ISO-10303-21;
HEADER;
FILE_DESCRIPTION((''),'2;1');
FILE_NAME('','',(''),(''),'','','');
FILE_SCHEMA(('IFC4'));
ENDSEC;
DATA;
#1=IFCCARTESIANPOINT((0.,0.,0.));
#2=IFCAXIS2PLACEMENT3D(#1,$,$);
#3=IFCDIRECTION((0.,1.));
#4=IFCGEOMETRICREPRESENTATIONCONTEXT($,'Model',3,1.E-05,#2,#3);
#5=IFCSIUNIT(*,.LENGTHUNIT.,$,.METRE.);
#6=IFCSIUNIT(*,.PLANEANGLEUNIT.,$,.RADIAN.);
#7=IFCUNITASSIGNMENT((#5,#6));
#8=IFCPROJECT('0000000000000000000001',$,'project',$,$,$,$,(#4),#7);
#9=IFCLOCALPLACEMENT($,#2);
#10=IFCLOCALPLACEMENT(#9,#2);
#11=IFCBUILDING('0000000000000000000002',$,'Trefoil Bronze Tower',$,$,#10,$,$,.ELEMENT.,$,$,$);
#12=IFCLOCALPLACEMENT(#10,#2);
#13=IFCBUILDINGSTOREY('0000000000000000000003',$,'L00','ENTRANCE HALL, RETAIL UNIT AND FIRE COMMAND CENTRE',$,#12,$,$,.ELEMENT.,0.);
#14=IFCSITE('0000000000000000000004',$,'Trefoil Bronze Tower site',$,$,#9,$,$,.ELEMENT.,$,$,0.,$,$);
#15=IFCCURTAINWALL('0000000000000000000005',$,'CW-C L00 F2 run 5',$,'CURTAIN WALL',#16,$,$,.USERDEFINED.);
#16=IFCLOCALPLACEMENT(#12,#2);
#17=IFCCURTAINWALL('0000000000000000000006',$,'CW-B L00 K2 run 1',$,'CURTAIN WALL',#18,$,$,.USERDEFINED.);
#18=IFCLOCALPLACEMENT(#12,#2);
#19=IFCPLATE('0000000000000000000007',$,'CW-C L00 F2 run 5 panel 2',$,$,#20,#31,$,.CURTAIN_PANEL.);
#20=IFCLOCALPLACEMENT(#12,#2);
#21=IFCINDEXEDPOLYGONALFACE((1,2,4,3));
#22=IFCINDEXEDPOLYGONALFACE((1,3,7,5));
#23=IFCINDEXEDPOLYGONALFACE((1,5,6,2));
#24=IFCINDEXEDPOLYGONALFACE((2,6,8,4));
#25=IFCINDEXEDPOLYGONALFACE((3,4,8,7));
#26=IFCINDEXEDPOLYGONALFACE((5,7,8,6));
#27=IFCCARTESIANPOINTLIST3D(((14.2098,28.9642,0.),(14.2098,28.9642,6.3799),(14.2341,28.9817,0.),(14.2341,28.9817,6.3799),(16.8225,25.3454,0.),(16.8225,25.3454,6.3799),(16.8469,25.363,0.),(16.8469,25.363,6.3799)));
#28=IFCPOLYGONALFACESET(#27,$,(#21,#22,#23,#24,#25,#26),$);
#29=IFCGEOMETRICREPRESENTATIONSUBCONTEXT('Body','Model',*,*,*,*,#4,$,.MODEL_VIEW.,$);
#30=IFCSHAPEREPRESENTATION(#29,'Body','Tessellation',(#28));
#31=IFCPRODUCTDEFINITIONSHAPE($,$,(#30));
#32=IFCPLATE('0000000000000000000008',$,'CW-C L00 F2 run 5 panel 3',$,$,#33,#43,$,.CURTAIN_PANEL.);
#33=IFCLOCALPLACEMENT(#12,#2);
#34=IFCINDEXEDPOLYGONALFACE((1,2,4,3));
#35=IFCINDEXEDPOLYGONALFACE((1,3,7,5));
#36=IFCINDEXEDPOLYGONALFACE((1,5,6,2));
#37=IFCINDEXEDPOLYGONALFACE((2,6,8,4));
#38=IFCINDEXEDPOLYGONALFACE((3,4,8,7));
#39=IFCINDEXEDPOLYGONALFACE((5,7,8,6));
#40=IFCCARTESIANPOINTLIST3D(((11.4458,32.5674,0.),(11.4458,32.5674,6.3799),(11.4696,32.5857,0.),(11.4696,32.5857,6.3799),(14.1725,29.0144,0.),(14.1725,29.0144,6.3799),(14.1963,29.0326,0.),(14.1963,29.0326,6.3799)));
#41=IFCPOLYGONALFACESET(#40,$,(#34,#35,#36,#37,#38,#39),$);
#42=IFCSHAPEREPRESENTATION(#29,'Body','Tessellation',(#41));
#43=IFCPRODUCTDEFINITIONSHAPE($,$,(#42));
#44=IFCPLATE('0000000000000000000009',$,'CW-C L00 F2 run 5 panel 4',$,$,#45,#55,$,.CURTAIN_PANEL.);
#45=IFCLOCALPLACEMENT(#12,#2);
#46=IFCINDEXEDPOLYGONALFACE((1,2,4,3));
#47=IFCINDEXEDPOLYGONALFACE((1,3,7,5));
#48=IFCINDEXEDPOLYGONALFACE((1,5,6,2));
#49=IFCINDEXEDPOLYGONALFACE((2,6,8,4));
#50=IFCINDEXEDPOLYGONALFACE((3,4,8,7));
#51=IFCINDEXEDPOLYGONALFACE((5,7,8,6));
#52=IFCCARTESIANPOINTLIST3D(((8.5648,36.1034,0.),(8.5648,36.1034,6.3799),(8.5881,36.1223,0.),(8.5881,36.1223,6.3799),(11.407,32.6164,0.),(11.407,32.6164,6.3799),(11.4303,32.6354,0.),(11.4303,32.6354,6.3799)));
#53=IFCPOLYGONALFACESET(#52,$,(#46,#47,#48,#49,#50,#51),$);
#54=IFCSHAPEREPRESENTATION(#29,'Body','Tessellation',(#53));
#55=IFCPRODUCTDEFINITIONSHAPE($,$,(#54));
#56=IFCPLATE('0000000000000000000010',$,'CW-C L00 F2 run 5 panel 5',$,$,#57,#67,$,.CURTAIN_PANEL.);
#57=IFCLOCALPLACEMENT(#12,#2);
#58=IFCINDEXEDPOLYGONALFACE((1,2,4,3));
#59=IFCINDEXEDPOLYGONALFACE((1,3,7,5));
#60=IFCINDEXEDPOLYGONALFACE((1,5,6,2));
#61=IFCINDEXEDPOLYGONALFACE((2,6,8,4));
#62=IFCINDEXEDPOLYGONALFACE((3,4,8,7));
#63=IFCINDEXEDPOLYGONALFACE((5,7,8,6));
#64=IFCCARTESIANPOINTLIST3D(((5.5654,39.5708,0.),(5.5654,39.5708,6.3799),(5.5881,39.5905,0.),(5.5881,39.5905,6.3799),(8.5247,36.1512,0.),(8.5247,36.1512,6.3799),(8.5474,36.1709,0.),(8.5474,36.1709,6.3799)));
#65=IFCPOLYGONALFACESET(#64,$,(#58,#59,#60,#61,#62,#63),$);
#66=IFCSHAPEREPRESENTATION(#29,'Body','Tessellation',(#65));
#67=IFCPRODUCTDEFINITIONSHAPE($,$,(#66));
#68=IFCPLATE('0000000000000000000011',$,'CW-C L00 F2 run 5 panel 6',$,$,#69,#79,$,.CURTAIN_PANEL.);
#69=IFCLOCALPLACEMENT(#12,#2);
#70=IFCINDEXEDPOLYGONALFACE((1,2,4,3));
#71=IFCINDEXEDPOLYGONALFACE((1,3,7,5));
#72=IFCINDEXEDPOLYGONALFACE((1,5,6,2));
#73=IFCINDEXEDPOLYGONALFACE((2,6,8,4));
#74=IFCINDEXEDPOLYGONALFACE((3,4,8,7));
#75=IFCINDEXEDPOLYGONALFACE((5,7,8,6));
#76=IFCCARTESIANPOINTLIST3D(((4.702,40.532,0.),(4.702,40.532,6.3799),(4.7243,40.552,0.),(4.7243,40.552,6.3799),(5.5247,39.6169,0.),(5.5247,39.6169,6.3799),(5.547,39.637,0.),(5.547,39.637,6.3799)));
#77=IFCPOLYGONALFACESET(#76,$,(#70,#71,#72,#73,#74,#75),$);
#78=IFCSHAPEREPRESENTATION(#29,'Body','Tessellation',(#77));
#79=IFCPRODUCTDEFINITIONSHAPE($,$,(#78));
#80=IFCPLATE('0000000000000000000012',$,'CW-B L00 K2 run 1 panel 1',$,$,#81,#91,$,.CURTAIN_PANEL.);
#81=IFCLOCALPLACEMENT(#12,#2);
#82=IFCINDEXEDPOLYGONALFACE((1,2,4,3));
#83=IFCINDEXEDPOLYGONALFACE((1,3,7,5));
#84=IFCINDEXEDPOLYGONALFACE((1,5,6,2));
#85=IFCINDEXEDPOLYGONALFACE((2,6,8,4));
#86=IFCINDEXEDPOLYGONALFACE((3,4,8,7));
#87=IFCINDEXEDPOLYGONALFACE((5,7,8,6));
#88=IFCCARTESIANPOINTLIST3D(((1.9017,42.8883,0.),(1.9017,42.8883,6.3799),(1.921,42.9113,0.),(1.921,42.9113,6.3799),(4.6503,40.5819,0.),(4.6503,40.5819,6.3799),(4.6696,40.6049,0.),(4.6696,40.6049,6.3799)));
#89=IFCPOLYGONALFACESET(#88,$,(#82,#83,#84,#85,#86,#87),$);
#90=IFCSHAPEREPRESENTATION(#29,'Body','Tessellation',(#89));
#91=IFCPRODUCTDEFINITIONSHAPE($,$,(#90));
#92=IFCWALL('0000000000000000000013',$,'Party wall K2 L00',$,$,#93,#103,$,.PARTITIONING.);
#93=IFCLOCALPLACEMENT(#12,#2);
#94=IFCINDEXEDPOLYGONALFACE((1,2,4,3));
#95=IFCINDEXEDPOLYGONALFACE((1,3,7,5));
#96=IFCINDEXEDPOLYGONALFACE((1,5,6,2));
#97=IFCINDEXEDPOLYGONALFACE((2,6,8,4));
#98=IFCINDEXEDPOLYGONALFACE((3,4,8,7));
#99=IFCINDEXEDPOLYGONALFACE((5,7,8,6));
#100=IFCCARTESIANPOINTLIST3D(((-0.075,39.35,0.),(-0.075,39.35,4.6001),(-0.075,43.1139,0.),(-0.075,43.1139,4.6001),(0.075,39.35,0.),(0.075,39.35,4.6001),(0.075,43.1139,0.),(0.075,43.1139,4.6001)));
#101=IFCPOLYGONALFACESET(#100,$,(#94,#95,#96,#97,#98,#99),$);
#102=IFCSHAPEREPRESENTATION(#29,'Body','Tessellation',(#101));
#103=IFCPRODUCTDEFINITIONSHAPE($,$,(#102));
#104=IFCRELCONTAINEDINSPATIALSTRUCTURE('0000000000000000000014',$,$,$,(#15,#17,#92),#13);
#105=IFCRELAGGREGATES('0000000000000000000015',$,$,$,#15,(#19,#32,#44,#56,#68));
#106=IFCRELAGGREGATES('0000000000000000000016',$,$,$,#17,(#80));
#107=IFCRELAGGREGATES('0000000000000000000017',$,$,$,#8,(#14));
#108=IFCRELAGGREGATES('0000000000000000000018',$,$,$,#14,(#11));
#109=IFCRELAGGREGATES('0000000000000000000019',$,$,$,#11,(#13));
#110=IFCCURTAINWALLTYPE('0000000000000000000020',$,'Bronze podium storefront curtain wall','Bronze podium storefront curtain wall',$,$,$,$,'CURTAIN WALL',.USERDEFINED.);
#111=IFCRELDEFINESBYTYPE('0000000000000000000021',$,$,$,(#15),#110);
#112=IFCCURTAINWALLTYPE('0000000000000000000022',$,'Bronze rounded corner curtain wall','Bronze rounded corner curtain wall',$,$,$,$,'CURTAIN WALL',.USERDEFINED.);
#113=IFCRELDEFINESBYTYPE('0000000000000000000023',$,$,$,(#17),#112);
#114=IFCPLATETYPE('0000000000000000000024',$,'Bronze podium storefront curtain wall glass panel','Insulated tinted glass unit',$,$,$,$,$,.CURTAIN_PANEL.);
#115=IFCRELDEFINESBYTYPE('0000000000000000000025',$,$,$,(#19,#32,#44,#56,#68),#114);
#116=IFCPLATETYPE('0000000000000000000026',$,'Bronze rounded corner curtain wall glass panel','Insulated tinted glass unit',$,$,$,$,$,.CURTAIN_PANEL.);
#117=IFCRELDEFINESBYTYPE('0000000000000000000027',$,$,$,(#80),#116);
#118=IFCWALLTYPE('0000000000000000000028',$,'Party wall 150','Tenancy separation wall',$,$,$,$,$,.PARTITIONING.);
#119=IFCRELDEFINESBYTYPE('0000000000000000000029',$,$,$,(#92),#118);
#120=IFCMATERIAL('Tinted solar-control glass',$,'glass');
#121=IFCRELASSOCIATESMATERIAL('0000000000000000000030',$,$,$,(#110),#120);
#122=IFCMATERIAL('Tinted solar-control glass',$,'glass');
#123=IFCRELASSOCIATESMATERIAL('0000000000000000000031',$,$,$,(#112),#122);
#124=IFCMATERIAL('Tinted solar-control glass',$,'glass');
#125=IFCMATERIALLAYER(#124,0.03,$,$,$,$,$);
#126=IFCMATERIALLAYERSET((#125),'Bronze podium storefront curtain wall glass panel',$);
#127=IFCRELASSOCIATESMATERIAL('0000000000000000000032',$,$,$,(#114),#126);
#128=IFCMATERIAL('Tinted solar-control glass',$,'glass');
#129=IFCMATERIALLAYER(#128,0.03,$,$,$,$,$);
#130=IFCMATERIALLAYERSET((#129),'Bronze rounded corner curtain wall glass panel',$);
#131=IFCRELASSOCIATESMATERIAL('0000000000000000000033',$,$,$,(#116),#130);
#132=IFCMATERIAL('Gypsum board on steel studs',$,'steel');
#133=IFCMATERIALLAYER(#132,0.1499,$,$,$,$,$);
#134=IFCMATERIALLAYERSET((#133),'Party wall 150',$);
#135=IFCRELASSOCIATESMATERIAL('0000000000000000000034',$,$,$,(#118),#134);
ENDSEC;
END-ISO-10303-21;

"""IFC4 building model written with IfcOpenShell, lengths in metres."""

from ifc_helpers import new_model, si_unit, direction, frame, frame_2d, origin, origin_2d, place, context, subcontext, project, spatial, rectangle, extrude, material, layer, layer_set, type_object, element, aggregate, save


model = new_model("IFC4")

# Units and contexts
model_context = context("Model", 3, precision=1e-05, world=origin(), true_north=direction((0.0, 1.0)))
body_context = subcontext(model_context, "Body", "Model", "MODEL_VIEW")
ifc_project = project(units=[si_unit("LENGTHUNIT", "METRE"), si_unit("PLANEANGLEUNIT", "RADIAN")], contexts=[model_context])

# Site, building, storey
site_placement = place(None, origin())
site = spatial("IfcSite", under=ifc_project, at=site_placement, Name="Trefoil Bronze Tower site", CompositionType="ELEMENT", RefElevation=0.0)
building_placement = place(site_placement, origin())
building = spatial("IfcBuilding", under=site, at=building_placement, Name="Trefoil Bronze Tower", CompositionType="ELEMENT")
storey_placement = place(building_placement, origin())
storey = spatial("IfcBuildingStorey", under=building, at=storey_placement, Name="L00", Description="ENTRANCE HALL, RETAIL UNIT AND FIRE COMMAND CENTRE", CompositionType="ELEMENT", Elevation=0.0)

# Curtain walls
ifc_material_1 = material(Name="Tinted solar-control glass", Category="glass")
curtain_wall_type_1 = type_object("IfcCurtainWallType", Name="Bronze podium storefront curtain wall", Description="Bronze podium storefront curtain wall", ElementType="CURTAIN WALL", PredefinedType="USERDEFINED", material=ifc_material_1)
curtain_wall_1_placement = place(storey_placement, origin())
curtain_wall_1 = element("IfcCurtainWall", 1, at=curtain_wall_1_placement, inside=storey, type_object=curtain_wall_type_1, Name="CW-C L00 F2 run 5", ObjectType="CURTAIN WALL", PredefinedType="USERDEFINED")
ifc_material_2 = material(Name="Tinted solar-control glass", Category="glass")
curtain_wall_type_2 = type_object("IfcCurtainWallType", Name="Bronze rounded corner curtain wall", Description="Bronze rounded corner curtain wall", ElementType="CURTAIN WALL", PredefinedType="USERDEFINED", material=ifc_material_2)
curtain_wall_2_placement = place(storey_placement, origin())
curtain_wall_2 = element("IfcCurtainWall", 2, at=curtain_wall_2_placement, inside=storey, type_object=curtain_wall_type_2, Name="CW-B L00 K2 run 1", ObjectType="CURTAIN WALL", PredefinedType="USERDEFINED")

# Plates
ifc_material_3 = material(Name="Tinted solar-control glass", Category="glass")
ifc_layer_1 = layer(ifc_material_3, 0.03)
ifc_layer_set_1 = layer_set([ifc_layer_1], Name="Bronze podium storefront curtain wall glass panel")
plate_type_1 = type_object("IfcPlateType", Name="Bronze podium storefront curtain wall glass panel", Description="Insulated tinted glass unit", PredefinedType="CURTAIN_PANEL", material=ifc_layer_set_1)
plate_1_placement = place(storey_placement, frame((15.5283, 27.1636, 0.0), z_axis=(0.0, 0.0, 1.0), x_axis=(-0.585373, 0.810764, 0.0)))
plate_1 = element("IfcPlate", 3, at=plate_1_placement, type_object=plate_type_1, Name="CW-C L00 F2 run 5 panel 2", PredefinedType="CURTAIN_PANEL", context=body_context, shape_type="SweptSolid", body=[
    extrude(rectangle(XDim=4.4634, YDim=0.03, at=origin_2d()), origin(), (0.0, 0.0, 1.0), 6.3799),
])
plate_2_placement = place(storey_placement, frame((12.821, 30.8, 0.0), z_axis=(0.0, 0.0, 1.0), x_axis=(-0.608808, 0.793318, 0.0)))
plate_2 = element("IfcPlate", 4, at=plate_2_placement, type_object=plate_type_1, Name="CW-C L00 F2 run 5 panel 3", PredefinedType="CURTAIN_PANEL", context=body_context, shape_type="SweptSolid", body=[
    extrude(rectangle(XDim=4.4788, YDim=0.03, at=origin_2d()), origin(), (0.0, 0.0, 1.0), 6.3799),
])
plate_3_placement = place(storey_placement, frame((9.9976, 34.3694, 0.0), z_axis=(0.0, 0.0, 1.0), x_axis=(-0.631811, 0.775123, 0.0)))
plate_3 = element("IfcPlate", 5, at=plate_3_placement, type_object=plate_type_1, Name="CW-C L00 F2 run 5 panel 4", PredefinedType="CURTAIN_PANEL", context=body_context, shape_type="SweptSolid", body=[
    extrude(rectangle(XDim=4.4985, YDim=0.03, at=origin_2d()), origin(), (0.0, 0.0, 1.0), 6.3799),
])
plate_4_placement = place(storey_placement, frame((7.0564, 37.8708, 0.0), z_axis=(0.0, 0.0, 1.0), x_axis=(-0.654376, 0.756169, 0.0)))
plate_4 = element("IfcPlate", 6, at=plate_4_placement, type_object=plate_type_1, Name="CW-C L00 F2 run 5 panel 5", PredefinedType="CURTAIN_PANEL", context=body_context, shape_type="SweptSolid", body=[
    extrude(rectangle(XDim=4.5222, YDim=0.03, at=origin_2d()), origin(), (0.0, 0.0, 1.0), 6.3799),
])
plate_5_placement = place(storey_placement, frame((5.1245, 40.0845, 0.0), z_axis=(0.0, 0.0, 1.0), x_axis=(-0.668575, 0.743645, 0.0)))
plate_5 = element("IfcPlate", 7, at=plate_5_placement, type_object=plate_type_1, Name="CW-C L00 F2 run 5 panel 6", PredefinedType="CURTAIN_PANEL", context=body_context, shape_type="SweptSolid", body=[
    extrude(rectangle(XDim=1.2305, YDim=0.03, at=origin_2d()), origin(), (0.0, 0.0, 1.0), 6.3799),
])
aggregate(curtain_wall_1, [plate_1, plate_2, plate_3, plate_4, plate_5])
ifc_material_4 = material(Name="Tinted solar-control glass", Category="glass")
ifc_layer_2 = layer(ifc_material_4, 0.03)
ifc_layer_set_2 = layer_set([ifc_layer_2], Name="Bronze rounded corner curtain wall glass panel")
plate_type_2 = type_object("IfcPlateType", Name="Bronze rounded corner curtain wall glass panel", Description="Insulated tinted glass unit", PredefinedType="CURTAIN_PANEL", material=ifc_layer_set_2)
plate_6_placement = place(storey_placement, frame((3.2856, 41.7466, 0.0), z_axis=(0.0, 0.0, 1.0), x_axis=(-0.766044, 0.642788, 0.0)))
plate_6 = element("IfcPlate", 8, at=plate_6_placement, type_object=plate_type_2, Name="CW-B L00 K2 run 1 panel 1", PredefinedType="CURTAIN_PANEL", context=body_context, shape_type="SweptSolid", body=[
    extrude(rectangle(XDim=3.5881, YDim=0.03, at=origin_2d()), origin(), (0.0, 0.0, 1.0), 6.3799),
])
aggregate(curtain_wall_2, [plate_6])

# Wall
ifc_material_5 = material(Name="Gypsum board on steel studs", Category="steel")
ifc_layer_3 = layer(ifc_material_5, 0.1499)
ifc_layer_set_3 = layer_set([ifc_layer_3], Name="Party wall 150")
wall_type = type_object("IfcWallType", Name="Party wall 150", Description="Tenancy separation wall", PredefinedType="PARTITIONING", material=ifc_layer_set_3)
wall_placement = place(storey_placement, frame((0.0, 39.3501, 0.0), z_axis=(0.0, 0.0, 1.0), x_axis=(0.0, 1.0, 0.0)))
element("IfcWall", 9, at=wall_placement, inside=storey, type_object=wall_type, Name="Party wall K2 L00", PredefinedType="PARTITIONING", context=body_context, shape_type="SweptSolid", body=[
    extrude(rectangle(XDim=3.7639, YDim=0.1499, at=frame_2d((1.8818, 0.0))), origin(), (0.0, 0.0, 1.0), 4.6001),
])

save(model, "model.ifc")
